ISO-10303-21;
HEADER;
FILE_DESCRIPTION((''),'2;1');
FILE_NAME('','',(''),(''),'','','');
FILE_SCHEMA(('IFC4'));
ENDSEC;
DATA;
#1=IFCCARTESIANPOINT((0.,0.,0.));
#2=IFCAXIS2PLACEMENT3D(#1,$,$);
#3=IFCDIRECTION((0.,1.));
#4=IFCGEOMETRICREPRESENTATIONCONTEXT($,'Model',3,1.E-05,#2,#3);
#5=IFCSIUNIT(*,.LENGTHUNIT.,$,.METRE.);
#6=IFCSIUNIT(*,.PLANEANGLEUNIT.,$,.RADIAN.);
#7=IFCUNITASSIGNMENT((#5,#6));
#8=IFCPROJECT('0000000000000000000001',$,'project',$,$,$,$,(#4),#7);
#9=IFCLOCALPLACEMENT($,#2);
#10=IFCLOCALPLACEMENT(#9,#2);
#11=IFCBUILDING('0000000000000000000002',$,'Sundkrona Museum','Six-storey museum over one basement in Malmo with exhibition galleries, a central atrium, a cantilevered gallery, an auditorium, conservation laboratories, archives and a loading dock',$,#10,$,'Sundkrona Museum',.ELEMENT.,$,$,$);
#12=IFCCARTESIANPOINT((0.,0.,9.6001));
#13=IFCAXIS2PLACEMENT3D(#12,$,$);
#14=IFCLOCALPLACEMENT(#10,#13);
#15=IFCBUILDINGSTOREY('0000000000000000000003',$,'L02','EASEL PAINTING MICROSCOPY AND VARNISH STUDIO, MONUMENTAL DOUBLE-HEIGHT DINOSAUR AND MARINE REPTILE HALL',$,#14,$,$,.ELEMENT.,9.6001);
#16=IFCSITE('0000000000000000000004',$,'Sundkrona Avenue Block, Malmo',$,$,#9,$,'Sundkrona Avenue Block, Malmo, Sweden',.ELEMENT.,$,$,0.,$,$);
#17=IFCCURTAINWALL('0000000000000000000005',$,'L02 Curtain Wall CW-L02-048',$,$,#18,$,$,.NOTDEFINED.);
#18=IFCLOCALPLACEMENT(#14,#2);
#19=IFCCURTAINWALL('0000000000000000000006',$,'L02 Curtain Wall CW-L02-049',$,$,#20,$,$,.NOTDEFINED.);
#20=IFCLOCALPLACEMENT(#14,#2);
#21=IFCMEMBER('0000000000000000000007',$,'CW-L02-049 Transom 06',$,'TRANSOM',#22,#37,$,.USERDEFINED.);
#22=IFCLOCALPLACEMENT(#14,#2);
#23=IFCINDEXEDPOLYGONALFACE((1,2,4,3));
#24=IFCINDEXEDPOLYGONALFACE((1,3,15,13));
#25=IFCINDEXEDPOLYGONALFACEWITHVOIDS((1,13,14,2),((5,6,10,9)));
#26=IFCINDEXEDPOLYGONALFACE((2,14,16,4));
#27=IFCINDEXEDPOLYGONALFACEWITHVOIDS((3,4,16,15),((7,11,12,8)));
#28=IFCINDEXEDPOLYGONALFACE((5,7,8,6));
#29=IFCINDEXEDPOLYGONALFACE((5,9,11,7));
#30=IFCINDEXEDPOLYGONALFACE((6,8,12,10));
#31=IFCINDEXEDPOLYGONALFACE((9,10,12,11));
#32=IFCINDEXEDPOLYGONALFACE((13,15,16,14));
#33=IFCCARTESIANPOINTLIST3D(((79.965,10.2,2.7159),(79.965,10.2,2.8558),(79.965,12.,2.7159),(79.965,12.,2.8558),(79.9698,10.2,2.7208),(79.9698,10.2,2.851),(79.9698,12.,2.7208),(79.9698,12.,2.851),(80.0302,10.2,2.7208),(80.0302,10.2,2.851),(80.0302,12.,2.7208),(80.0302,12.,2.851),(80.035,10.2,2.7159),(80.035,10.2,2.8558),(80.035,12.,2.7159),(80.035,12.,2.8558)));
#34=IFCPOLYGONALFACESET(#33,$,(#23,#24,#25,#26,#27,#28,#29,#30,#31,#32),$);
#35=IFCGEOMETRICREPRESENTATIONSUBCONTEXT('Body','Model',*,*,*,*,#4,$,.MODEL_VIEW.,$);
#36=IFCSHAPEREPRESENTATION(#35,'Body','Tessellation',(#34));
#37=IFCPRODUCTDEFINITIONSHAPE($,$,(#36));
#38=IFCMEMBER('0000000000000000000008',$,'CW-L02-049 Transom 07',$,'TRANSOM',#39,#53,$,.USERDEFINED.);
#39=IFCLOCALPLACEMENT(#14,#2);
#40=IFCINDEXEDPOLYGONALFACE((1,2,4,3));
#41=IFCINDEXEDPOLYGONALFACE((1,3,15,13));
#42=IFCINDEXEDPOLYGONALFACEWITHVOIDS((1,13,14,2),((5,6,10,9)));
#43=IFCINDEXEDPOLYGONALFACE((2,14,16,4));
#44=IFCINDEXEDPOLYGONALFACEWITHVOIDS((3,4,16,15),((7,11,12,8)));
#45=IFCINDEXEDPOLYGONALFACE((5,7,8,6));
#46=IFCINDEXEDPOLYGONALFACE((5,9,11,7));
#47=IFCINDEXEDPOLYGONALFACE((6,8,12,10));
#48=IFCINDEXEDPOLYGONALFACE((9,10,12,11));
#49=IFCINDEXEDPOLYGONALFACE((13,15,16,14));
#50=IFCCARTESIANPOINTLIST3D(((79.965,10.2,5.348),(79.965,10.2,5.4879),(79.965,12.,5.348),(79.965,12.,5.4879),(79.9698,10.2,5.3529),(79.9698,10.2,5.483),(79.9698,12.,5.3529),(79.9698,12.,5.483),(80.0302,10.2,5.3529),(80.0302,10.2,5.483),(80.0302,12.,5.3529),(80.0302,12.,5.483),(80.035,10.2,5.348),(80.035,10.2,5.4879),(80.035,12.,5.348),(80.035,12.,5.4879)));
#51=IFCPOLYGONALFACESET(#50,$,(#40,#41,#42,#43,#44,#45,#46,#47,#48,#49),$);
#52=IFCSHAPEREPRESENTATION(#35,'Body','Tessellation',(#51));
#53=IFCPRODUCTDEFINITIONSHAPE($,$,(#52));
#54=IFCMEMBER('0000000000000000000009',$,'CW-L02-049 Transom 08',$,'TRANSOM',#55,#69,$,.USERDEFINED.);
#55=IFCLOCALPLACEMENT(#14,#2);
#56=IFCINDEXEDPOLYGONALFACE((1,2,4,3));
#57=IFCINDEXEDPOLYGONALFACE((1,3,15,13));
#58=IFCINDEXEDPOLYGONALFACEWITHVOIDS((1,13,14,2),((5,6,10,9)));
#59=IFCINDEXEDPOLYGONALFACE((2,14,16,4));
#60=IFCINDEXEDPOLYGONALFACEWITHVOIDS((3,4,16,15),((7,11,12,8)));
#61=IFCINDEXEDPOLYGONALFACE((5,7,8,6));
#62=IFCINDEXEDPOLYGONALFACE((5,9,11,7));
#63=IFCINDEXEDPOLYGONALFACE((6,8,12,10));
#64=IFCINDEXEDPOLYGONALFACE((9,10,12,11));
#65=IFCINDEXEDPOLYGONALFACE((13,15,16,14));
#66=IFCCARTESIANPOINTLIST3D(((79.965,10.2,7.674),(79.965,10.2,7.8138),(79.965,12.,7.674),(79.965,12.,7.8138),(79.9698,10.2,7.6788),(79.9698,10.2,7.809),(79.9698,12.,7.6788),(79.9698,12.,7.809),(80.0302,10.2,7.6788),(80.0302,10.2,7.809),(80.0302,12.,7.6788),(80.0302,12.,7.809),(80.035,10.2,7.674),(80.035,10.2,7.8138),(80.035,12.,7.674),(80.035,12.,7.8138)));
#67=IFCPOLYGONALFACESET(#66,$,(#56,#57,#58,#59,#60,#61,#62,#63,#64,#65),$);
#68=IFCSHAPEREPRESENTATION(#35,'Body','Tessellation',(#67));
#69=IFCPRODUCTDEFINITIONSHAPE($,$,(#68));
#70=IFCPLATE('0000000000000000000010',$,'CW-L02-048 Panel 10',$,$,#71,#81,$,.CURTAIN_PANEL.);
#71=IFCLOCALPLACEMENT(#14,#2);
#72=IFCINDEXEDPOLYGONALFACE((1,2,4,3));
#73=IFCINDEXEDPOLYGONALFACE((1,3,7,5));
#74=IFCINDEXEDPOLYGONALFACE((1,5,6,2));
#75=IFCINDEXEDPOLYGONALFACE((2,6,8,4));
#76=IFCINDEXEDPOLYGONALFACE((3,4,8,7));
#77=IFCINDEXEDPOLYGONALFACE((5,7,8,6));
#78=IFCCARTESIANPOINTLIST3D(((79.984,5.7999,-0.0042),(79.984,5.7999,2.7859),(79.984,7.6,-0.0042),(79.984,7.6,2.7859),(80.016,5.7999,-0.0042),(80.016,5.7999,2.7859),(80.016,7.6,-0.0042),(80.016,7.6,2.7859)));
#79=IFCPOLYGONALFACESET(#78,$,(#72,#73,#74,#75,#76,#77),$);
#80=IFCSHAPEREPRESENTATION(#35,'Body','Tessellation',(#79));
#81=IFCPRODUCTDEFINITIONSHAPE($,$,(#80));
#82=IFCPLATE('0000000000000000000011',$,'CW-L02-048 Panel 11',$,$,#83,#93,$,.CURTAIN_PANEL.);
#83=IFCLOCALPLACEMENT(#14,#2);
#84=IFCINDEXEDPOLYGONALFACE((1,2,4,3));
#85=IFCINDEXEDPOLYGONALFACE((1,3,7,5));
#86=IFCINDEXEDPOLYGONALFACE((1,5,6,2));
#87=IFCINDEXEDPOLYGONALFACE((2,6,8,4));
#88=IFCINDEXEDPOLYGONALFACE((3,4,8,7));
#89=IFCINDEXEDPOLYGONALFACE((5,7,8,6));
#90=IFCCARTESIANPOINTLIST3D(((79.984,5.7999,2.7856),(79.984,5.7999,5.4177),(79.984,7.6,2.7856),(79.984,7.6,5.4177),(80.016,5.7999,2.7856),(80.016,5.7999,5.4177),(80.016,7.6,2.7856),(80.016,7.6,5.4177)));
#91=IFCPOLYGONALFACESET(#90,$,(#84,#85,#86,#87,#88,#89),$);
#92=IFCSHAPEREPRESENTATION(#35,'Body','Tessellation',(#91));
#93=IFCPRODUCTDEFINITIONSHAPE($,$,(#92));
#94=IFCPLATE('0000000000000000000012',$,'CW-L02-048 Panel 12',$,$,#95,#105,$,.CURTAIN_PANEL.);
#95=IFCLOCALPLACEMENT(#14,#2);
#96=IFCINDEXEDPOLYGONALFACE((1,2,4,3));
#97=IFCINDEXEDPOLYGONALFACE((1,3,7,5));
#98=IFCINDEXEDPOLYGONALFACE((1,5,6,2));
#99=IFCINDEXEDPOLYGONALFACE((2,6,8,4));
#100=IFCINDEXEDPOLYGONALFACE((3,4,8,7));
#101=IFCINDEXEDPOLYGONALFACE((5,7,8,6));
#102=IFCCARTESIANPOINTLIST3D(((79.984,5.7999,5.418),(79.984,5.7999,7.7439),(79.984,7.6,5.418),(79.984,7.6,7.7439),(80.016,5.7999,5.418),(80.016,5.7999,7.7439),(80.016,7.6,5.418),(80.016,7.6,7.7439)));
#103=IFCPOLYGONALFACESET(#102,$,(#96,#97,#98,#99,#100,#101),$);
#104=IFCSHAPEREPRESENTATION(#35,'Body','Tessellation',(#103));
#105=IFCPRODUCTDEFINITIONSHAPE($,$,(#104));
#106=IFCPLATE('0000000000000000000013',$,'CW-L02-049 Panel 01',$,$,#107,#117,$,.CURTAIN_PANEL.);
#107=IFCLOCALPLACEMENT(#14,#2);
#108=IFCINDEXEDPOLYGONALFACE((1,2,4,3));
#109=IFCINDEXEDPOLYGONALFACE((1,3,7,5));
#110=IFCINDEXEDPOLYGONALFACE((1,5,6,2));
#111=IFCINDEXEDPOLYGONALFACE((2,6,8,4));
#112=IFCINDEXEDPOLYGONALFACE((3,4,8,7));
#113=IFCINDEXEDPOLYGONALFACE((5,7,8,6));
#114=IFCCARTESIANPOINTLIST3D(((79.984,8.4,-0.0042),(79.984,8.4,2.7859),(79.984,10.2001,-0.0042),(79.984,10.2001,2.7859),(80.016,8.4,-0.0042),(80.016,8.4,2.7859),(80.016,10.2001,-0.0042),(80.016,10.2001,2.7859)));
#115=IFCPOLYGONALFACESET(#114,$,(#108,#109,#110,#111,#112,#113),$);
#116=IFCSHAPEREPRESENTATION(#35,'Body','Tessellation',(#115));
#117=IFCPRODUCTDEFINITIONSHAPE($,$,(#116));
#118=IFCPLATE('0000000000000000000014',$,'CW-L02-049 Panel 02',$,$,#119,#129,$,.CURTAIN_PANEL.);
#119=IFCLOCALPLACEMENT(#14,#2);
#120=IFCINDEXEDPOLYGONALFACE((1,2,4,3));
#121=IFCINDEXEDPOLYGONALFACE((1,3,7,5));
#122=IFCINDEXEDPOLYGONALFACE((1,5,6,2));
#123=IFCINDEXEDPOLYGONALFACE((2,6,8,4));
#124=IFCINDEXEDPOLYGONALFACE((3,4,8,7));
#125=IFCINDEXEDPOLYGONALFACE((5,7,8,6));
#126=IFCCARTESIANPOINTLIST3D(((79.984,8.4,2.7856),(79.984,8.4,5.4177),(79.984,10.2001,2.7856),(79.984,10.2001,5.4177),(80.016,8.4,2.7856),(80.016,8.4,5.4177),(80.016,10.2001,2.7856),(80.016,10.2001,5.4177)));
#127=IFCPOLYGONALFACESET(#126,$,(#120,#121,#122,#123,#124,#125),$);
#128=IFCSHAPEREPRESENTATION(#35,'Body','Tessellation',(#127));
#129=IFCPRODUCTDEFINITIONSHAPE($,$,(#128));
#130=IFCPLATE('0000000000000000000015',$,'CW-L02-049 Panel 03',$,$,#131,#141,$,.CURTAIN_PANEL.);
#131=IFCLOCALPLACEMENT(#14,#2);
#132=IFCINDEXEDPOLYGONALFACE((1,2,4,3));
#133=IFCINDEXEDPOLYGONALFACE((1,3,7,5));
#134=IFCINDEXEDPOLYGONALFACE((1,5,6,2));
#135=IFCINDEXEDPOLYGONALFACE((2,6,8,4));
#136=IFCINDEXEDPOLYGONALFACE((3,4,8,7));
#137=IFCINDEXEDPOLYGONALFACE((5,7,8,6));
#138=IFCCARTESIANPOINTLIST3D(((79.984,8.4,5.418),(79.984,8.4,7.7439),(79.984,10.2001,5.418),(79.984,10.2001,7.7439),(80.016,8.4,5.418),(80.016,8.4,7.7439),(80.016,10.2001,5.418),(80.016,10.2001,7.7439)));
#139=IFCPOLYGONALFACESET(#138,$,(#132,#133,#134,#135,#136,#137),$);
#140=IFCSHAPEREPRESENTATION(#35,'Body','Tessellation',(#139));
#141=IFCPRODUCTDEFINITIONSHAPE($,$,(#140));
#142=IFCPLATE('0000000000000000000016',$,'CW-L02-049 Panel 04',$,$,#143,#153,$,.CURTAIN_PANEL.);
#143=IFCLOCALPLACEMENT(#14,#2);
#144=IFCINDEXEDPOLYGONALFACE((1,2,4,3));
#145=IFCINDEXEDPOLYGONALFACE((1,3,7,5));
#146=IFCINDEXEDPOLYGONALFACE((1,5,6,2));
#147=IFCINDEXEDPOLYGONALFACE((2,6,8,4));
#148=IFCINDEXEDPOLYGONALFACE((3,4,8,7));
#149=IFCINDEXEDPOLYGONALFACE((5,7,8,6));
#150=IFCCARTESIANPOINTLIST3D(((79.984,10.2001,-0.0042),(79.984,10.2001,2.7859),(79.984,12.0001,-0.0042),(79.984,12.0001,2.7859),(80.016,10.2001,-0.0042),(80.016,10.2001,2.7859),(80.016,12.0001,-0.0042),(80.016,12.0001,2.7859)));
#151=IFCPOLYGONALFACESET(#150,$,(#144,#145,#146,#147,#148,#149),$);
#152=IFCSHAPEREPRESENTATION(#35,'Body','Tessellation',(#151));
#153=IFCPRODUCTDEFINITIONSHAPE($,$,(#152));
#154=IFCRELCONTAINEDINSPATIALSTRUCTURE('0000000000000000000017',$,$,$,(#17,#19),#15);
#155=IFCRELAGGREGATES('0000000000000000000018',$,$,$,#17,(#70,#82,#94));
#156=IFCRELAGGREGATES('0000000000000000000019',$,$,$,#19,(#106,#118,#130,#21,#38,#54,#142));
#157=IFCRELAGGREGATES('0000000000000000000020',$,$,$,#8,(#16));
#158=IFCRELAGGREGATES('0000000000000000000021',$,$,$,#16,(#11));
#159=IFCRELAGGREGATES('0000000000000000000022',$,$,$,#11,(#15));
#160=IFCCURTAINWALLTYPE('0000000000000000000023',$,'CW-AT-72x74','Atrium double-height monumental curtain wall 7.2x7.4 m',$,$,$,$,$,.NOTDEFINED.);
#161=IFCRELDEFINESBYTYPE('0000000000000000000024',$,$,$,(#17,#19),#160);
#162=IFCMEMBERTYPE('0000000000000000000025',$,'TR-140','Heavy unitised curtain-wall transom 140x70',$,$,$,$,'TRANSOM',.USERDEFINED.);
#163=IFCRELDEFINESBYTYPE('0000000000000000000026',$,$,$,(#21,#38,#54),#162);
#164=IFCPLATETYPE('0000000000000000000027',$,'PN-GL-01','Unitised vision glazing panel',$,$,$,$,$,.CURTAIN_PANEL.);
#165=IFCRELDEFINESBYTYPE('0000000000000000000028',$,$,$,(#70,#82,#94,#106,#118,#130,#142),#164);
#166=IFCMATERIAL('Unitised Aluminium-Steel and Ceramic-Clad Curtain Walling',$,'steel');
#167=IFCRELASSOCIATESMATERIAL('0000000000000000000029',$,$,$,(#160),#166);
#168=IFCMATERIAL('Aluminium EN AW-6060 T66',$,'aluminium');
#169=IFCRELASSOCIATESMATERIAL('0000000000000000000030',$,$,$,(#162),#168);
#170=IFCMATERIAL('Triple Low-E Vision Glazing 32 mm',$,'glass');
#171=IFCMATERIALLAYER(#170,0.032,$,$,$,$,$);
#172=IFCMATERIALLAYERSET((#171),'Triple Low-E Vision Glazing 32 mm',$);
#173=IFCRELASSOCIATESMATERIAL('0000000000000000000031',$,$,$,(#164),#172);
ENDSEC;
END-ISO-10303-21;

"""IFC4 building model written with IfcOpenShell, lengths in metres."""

from ifc_helpers import new_model, si_unit, direction, frame, origin, origin_2d, place, context, subcontext, project, spatial, rectangle, hollow_rectangle, extrude, material, layer, layer_set, material_profile, profile_set, type_object, element, aggregate, save


model = new_model("IFC4")

# Units and contexts
model_context = context("Model", 3, precision=1e-05, world=origin(), true_north=direction((0.0, 1.0)))
body_context = subcontext(model_context, "Body", "Model", "MODEL_VIEW")
ifc_project = project(units=[si_unit("LENGTHUNIT", "METRE"), si_unit("PLANEANGLEUNIT", "RADIAN")], contexts=[model_context])

# Site, building, storey
site_placement = place(None, origin())
site = spatial("IfcSite", under=ifc_project, at=site_placement, Name="Sundkrona Avenue Block, Malmo", LongName="Sundkrona Avenue Block, Malmo, Sweden", CompositionType="ELEMENT", RefElevation=0.0)
building_placement = place(site_placement, origin())
building = spatial("IfcBuilding", under=site, at=building_placement, Name="Sundkrona Museum", Description="Six-storey museum over one basement in Malmo with exhibition galleries, a central atrium, a cantilevered gallery, an auditorium, conservation laboratories, archives and a loading dock", LongName="Sundkrona Museum", CompositionType="ELEMENT")
storey_placement = place(building_placement, frame((0.0, 0.0, 9.6001)))
storey = spatial("IfcBuildingStorey", under=building, at=storey_placement, Name="L02", Description="EASEL PAINTING MICROSCOPY AND VARNISH STUDIO, MONUMENTAL DOUBLE-HEIGHT DINOSAUR AND MARINE REPTILE HALL", CompositionType="ELEMENT", Elevation=9.6001)

# Curtain wall
ifc_material_1 = material(Name="Unitised Aluminium-Steel and Ceramic-Clad Curtain Walling", Category="steel")
curtain_wall_type = type_object("IfcCurtainWallType", Name="CW-AT-72x74", Description="Atrium double-height monumental curtain wall 7.2x7.4 m", PredefinedType="NOTDEFINED", material=ifc_material_1)
curtain_wall_1_placement = place(storey_placement, origin())
curtain_wall_1 = element("IfcCurtainWall", 1, at=curtain_wall_1_placement, inside=storey, type_object=curtain_wall_type, Name="L02 Curtain Wall CW-L02-048", PredefinedType="NOTDEFINED")
ifc_material_2 = material(Name="Aluminium EN AW-6060 T66", Category="aluminium")

# Curtain wall
curtain_wall_2_placement = place(storey_placement, origin())
curtain_wall_2 = element("IfcCurtainWall", 2, at=curtain_wall_2_placement, inside=storey, type_object=curtain_wall_type, Name="L02 Curtain Wall CW-L02-049", PredefinedType="NOTDEFINED")

# Members
ifc_material_profile_1 = material_profile(ifc_material_2, hollow_rectangle(XDim=0.0701, YDim=0.1399, WallThickness=0.0049, at=origin_2d()), Name="RHS 140x70x5.0")
ifc_profile_set_1 = profile_set([ifc_material_profile_1], Name="Aluminium EN AW-6060 T66")
member_type_1 = type_object("IfcMemberType", Name="TR-140", Description="Heavy unitised curtain-wall transom 140x70", ElementType="TRANSOM", PredefinedType="USERDEFINED", material=ifc_profile_set_1)
member_1_placement = place(storey_placement, frame((80.0, 10.2, 2.7859), z_axis=(0.0, 1.0, 0.0), x_axis=(-1.0, 0.0, 0.0)))
member_1 = element("IfcMember", 3, at=member_1_placement, type_object=member_type_1, Name="CW-L02-049 Transom 06", ObjectType="TRANSOM", PredefinedType="USERDEFINED", context=body_context, shape_type="SweptSolid", body=[
    extrude(hollow_rectangle(XDim=0.0701, YDim=0.1399, WallThickness=0.0049, at=origin_2d()), origin(), (0.0, 0.0, 1.0), 1.8),
])
member_2_placement = place(storey_placement, frame((80.0, 10.2, 5.418), z_axis=(0.0, 1.0, 0.0), x_axis=(-1.0, 0.0, 0.0)))
member_2 = element("IfcMember", 4, at=member_2_placement, type_object=member_type_1, Name="CW-L02-049 Transom 07", ObjectType="TRANSOM", PredefinedType="USERDEFINED", context=body_context, shape_type="SweptSolid", body=[
    extrude(hollow_rectangle(XDim=0.0701, YDim=0.1399, WallThickness=0.0049, at=origin_2d()), origin(), (0.0, 0.0, 1.0), 1.8),
])
member_3_placement = place(storey_placement, frame((80.0, 10.2, 7.7439), z_axis=(0.0, 1.0, 0.0), x_axis=(-1.0, 0.0, 0.0)))
member_3 = element("IfcMember", 5, at=member_3_placement, type_object=member_type_1, Name="CW-L02-049 Transom 08", ObjectType="TRANSOM", PredefinedType="USERDEFINED", context=body_context, shape_type="SweptSolid", body=[
    extrude(hollow_rectangle(XDim=0.0701, YDim=0.1399, WallThickness=0.0049, at=origin_2d()), origin(), (0.0, 0.0, 1.0), 1.8),
])

# Plates
ifc_material_3 = material(Name="Triple Low-E Vision Glazing 32 mm", Category="glass")
ifc_layer = layer(ifc_material_3, 0.032)
ifc_layer_set = layer_set([ifc_layer], Name="Triple Low-E Vision Glazing 32 mm")
plate_type = type_object("IfcPlateType", Name="PN-GL-01", Description="Unitised vision glazing panel", PredefinedType="CURTAIN_PANEL", material=ifc_layer_set)
plate_1_placement = place(storey_placement, frame((80.0, 6.7, -0.0042), z_axis=(0.0, 0.0, 1.0), x_axis=(0.0, 1.0, 0.0)))
plate_1 = element("IfcPlate", 6, at=plate_1_placement, type_object=plate_type, Name="CW-L02-048 Panel 10", PredefinedType="CURTAIN_PANEL", context=body_context, shape_type="SweptSolid", body=[
    extrude(rectangle(XDim=1.8, YDim=0.032, at=origin_2d()), origin(), (0.0, 0.0, 1.0), 2.79),
])
plate_2_placement = place(storey_placement, frame((80.0, 6.7, 2.7856), z_axis=(0.0, 0.0, 1.0), x_axis=(0.0, 1.0, 0.0)))
plate_2 = element("IfcPlate", 7, at=plate_2_placement, type_object=plate_type, Name="CW-L02-048 Panel 11", PredefinedType="CURTAIN_PANEL", context=body_context, shape_type="SweptSolid", body=[
    extrude(rectangle(XDim=1.8, YDim=0.032, at=origin_2d()), origin(), (0.0, 0.0, 1.0), 2.6321),
])
plate_3_placement = place(storey_placement, frame((80.0, 6.7, 5.418), z_axis=(0.0, 0.0, 1.0), x_axis=(0.0, 1.0, 0.0)))
plate_3 = element("IfcPlate", 8, at=plate_3_placement, type_object=plate_type, Name="CW-L02-048 Panel 12", PredefinedType="CURTAIN_PANEL", context=body_context, shape_type="SweptSolid", body=[
    extrude(rectangle(XDim=1.8, YDim=0.032, at=origin_2d()), origin(), (0.0, 0.0, 1.0), 2.3259),
])
aggregate(curtain_wall_1, [plate_1, plate_2, plate_3])
plate_4_placement = place(storey_placement, frame((80.0, 9.3, -0.0042), z_axis=(0.0, 0.0, 1.0), x_axis=(0.0, 1.0, 0.0)))
plate_4 = element("IfcPlate", 9, at=plate_4_placement, type_object=plate_type, Name="CW-L02-049 Panel 01", PredefinedType="CURTAIN_PANEL", context=body_context, shape_type="SweptSolid", body=[
    extrude(rectangle(XDim=1.8, YDim=0.032, at=origin_2d()), origin(), (0.0, 0.0, 1.0), 2.79),
])
plate_5_placement = place(storey_placement, frame((80.0, 9.3, 2.7856), z_axis=(0.0, 0.0, 1.0), x_axis=(0.0, 1.0, 0.0)))
plate_5 = element("IfcPlate", 10, at=plate_5_placement, type_object=plate_type, Name="CW-L02-049 Panel 02", PredefinedType="CURTAIN_PANEL", context=body_context, shape_type="SweptSolid", body=[
    extrude(rectangle(XDim=1.8, YDim=0.032, at=origin_2d()), origin(), (0.0, 0.0, 1.0), 2.6321),
])
plate_6_placement = place(storey_placement, frame((80.0, 9.3, 5.418), z_axis=(0.0, 0.0, 1.0), x_axis=(0.0, 1.0, 0.0)))
plate_6 = element("IfcPlate", 11, at=plate_6_placement, type_object=plate_type, Name="CW-L02-049 Panel 03", PredefinedType="CURTAIN_PANEL", context=body_context, shape_type="SweptSolid", body=[
    extrude(rectangle(XDim=1.8, YDim=0.032, at=origin_2d()), origin(), (0.0, 0.0, 1.0), 2.3259),
])
plate_7_placement = place(storey_placement, frame((80.0, 11.1001, -0.0042), z_axis=(0.0, 0.0, 1.0), x_axis=(0.0, 1.0, 0.0)))
plate_7 = element("IfcPlate", 12, at=plate_7_placement, type_object=plate_type, Name="CW-L02-049 Panel 04", PredefinedType="CURTAIN_PANEL", context=body_context, shape_type="SweptSolid", body=[
    extrude(rectangle(XDim=1.8, YDim=0.032, at=origin_2d()), origin(), (0.0, 0.0, 1.0), 2.79),
])
aggregate(curtain_wall_2, [plate_4, plate_5, plate_6, member_1, member_2, member_3, plate_7])

save(model, "model.ifc")
